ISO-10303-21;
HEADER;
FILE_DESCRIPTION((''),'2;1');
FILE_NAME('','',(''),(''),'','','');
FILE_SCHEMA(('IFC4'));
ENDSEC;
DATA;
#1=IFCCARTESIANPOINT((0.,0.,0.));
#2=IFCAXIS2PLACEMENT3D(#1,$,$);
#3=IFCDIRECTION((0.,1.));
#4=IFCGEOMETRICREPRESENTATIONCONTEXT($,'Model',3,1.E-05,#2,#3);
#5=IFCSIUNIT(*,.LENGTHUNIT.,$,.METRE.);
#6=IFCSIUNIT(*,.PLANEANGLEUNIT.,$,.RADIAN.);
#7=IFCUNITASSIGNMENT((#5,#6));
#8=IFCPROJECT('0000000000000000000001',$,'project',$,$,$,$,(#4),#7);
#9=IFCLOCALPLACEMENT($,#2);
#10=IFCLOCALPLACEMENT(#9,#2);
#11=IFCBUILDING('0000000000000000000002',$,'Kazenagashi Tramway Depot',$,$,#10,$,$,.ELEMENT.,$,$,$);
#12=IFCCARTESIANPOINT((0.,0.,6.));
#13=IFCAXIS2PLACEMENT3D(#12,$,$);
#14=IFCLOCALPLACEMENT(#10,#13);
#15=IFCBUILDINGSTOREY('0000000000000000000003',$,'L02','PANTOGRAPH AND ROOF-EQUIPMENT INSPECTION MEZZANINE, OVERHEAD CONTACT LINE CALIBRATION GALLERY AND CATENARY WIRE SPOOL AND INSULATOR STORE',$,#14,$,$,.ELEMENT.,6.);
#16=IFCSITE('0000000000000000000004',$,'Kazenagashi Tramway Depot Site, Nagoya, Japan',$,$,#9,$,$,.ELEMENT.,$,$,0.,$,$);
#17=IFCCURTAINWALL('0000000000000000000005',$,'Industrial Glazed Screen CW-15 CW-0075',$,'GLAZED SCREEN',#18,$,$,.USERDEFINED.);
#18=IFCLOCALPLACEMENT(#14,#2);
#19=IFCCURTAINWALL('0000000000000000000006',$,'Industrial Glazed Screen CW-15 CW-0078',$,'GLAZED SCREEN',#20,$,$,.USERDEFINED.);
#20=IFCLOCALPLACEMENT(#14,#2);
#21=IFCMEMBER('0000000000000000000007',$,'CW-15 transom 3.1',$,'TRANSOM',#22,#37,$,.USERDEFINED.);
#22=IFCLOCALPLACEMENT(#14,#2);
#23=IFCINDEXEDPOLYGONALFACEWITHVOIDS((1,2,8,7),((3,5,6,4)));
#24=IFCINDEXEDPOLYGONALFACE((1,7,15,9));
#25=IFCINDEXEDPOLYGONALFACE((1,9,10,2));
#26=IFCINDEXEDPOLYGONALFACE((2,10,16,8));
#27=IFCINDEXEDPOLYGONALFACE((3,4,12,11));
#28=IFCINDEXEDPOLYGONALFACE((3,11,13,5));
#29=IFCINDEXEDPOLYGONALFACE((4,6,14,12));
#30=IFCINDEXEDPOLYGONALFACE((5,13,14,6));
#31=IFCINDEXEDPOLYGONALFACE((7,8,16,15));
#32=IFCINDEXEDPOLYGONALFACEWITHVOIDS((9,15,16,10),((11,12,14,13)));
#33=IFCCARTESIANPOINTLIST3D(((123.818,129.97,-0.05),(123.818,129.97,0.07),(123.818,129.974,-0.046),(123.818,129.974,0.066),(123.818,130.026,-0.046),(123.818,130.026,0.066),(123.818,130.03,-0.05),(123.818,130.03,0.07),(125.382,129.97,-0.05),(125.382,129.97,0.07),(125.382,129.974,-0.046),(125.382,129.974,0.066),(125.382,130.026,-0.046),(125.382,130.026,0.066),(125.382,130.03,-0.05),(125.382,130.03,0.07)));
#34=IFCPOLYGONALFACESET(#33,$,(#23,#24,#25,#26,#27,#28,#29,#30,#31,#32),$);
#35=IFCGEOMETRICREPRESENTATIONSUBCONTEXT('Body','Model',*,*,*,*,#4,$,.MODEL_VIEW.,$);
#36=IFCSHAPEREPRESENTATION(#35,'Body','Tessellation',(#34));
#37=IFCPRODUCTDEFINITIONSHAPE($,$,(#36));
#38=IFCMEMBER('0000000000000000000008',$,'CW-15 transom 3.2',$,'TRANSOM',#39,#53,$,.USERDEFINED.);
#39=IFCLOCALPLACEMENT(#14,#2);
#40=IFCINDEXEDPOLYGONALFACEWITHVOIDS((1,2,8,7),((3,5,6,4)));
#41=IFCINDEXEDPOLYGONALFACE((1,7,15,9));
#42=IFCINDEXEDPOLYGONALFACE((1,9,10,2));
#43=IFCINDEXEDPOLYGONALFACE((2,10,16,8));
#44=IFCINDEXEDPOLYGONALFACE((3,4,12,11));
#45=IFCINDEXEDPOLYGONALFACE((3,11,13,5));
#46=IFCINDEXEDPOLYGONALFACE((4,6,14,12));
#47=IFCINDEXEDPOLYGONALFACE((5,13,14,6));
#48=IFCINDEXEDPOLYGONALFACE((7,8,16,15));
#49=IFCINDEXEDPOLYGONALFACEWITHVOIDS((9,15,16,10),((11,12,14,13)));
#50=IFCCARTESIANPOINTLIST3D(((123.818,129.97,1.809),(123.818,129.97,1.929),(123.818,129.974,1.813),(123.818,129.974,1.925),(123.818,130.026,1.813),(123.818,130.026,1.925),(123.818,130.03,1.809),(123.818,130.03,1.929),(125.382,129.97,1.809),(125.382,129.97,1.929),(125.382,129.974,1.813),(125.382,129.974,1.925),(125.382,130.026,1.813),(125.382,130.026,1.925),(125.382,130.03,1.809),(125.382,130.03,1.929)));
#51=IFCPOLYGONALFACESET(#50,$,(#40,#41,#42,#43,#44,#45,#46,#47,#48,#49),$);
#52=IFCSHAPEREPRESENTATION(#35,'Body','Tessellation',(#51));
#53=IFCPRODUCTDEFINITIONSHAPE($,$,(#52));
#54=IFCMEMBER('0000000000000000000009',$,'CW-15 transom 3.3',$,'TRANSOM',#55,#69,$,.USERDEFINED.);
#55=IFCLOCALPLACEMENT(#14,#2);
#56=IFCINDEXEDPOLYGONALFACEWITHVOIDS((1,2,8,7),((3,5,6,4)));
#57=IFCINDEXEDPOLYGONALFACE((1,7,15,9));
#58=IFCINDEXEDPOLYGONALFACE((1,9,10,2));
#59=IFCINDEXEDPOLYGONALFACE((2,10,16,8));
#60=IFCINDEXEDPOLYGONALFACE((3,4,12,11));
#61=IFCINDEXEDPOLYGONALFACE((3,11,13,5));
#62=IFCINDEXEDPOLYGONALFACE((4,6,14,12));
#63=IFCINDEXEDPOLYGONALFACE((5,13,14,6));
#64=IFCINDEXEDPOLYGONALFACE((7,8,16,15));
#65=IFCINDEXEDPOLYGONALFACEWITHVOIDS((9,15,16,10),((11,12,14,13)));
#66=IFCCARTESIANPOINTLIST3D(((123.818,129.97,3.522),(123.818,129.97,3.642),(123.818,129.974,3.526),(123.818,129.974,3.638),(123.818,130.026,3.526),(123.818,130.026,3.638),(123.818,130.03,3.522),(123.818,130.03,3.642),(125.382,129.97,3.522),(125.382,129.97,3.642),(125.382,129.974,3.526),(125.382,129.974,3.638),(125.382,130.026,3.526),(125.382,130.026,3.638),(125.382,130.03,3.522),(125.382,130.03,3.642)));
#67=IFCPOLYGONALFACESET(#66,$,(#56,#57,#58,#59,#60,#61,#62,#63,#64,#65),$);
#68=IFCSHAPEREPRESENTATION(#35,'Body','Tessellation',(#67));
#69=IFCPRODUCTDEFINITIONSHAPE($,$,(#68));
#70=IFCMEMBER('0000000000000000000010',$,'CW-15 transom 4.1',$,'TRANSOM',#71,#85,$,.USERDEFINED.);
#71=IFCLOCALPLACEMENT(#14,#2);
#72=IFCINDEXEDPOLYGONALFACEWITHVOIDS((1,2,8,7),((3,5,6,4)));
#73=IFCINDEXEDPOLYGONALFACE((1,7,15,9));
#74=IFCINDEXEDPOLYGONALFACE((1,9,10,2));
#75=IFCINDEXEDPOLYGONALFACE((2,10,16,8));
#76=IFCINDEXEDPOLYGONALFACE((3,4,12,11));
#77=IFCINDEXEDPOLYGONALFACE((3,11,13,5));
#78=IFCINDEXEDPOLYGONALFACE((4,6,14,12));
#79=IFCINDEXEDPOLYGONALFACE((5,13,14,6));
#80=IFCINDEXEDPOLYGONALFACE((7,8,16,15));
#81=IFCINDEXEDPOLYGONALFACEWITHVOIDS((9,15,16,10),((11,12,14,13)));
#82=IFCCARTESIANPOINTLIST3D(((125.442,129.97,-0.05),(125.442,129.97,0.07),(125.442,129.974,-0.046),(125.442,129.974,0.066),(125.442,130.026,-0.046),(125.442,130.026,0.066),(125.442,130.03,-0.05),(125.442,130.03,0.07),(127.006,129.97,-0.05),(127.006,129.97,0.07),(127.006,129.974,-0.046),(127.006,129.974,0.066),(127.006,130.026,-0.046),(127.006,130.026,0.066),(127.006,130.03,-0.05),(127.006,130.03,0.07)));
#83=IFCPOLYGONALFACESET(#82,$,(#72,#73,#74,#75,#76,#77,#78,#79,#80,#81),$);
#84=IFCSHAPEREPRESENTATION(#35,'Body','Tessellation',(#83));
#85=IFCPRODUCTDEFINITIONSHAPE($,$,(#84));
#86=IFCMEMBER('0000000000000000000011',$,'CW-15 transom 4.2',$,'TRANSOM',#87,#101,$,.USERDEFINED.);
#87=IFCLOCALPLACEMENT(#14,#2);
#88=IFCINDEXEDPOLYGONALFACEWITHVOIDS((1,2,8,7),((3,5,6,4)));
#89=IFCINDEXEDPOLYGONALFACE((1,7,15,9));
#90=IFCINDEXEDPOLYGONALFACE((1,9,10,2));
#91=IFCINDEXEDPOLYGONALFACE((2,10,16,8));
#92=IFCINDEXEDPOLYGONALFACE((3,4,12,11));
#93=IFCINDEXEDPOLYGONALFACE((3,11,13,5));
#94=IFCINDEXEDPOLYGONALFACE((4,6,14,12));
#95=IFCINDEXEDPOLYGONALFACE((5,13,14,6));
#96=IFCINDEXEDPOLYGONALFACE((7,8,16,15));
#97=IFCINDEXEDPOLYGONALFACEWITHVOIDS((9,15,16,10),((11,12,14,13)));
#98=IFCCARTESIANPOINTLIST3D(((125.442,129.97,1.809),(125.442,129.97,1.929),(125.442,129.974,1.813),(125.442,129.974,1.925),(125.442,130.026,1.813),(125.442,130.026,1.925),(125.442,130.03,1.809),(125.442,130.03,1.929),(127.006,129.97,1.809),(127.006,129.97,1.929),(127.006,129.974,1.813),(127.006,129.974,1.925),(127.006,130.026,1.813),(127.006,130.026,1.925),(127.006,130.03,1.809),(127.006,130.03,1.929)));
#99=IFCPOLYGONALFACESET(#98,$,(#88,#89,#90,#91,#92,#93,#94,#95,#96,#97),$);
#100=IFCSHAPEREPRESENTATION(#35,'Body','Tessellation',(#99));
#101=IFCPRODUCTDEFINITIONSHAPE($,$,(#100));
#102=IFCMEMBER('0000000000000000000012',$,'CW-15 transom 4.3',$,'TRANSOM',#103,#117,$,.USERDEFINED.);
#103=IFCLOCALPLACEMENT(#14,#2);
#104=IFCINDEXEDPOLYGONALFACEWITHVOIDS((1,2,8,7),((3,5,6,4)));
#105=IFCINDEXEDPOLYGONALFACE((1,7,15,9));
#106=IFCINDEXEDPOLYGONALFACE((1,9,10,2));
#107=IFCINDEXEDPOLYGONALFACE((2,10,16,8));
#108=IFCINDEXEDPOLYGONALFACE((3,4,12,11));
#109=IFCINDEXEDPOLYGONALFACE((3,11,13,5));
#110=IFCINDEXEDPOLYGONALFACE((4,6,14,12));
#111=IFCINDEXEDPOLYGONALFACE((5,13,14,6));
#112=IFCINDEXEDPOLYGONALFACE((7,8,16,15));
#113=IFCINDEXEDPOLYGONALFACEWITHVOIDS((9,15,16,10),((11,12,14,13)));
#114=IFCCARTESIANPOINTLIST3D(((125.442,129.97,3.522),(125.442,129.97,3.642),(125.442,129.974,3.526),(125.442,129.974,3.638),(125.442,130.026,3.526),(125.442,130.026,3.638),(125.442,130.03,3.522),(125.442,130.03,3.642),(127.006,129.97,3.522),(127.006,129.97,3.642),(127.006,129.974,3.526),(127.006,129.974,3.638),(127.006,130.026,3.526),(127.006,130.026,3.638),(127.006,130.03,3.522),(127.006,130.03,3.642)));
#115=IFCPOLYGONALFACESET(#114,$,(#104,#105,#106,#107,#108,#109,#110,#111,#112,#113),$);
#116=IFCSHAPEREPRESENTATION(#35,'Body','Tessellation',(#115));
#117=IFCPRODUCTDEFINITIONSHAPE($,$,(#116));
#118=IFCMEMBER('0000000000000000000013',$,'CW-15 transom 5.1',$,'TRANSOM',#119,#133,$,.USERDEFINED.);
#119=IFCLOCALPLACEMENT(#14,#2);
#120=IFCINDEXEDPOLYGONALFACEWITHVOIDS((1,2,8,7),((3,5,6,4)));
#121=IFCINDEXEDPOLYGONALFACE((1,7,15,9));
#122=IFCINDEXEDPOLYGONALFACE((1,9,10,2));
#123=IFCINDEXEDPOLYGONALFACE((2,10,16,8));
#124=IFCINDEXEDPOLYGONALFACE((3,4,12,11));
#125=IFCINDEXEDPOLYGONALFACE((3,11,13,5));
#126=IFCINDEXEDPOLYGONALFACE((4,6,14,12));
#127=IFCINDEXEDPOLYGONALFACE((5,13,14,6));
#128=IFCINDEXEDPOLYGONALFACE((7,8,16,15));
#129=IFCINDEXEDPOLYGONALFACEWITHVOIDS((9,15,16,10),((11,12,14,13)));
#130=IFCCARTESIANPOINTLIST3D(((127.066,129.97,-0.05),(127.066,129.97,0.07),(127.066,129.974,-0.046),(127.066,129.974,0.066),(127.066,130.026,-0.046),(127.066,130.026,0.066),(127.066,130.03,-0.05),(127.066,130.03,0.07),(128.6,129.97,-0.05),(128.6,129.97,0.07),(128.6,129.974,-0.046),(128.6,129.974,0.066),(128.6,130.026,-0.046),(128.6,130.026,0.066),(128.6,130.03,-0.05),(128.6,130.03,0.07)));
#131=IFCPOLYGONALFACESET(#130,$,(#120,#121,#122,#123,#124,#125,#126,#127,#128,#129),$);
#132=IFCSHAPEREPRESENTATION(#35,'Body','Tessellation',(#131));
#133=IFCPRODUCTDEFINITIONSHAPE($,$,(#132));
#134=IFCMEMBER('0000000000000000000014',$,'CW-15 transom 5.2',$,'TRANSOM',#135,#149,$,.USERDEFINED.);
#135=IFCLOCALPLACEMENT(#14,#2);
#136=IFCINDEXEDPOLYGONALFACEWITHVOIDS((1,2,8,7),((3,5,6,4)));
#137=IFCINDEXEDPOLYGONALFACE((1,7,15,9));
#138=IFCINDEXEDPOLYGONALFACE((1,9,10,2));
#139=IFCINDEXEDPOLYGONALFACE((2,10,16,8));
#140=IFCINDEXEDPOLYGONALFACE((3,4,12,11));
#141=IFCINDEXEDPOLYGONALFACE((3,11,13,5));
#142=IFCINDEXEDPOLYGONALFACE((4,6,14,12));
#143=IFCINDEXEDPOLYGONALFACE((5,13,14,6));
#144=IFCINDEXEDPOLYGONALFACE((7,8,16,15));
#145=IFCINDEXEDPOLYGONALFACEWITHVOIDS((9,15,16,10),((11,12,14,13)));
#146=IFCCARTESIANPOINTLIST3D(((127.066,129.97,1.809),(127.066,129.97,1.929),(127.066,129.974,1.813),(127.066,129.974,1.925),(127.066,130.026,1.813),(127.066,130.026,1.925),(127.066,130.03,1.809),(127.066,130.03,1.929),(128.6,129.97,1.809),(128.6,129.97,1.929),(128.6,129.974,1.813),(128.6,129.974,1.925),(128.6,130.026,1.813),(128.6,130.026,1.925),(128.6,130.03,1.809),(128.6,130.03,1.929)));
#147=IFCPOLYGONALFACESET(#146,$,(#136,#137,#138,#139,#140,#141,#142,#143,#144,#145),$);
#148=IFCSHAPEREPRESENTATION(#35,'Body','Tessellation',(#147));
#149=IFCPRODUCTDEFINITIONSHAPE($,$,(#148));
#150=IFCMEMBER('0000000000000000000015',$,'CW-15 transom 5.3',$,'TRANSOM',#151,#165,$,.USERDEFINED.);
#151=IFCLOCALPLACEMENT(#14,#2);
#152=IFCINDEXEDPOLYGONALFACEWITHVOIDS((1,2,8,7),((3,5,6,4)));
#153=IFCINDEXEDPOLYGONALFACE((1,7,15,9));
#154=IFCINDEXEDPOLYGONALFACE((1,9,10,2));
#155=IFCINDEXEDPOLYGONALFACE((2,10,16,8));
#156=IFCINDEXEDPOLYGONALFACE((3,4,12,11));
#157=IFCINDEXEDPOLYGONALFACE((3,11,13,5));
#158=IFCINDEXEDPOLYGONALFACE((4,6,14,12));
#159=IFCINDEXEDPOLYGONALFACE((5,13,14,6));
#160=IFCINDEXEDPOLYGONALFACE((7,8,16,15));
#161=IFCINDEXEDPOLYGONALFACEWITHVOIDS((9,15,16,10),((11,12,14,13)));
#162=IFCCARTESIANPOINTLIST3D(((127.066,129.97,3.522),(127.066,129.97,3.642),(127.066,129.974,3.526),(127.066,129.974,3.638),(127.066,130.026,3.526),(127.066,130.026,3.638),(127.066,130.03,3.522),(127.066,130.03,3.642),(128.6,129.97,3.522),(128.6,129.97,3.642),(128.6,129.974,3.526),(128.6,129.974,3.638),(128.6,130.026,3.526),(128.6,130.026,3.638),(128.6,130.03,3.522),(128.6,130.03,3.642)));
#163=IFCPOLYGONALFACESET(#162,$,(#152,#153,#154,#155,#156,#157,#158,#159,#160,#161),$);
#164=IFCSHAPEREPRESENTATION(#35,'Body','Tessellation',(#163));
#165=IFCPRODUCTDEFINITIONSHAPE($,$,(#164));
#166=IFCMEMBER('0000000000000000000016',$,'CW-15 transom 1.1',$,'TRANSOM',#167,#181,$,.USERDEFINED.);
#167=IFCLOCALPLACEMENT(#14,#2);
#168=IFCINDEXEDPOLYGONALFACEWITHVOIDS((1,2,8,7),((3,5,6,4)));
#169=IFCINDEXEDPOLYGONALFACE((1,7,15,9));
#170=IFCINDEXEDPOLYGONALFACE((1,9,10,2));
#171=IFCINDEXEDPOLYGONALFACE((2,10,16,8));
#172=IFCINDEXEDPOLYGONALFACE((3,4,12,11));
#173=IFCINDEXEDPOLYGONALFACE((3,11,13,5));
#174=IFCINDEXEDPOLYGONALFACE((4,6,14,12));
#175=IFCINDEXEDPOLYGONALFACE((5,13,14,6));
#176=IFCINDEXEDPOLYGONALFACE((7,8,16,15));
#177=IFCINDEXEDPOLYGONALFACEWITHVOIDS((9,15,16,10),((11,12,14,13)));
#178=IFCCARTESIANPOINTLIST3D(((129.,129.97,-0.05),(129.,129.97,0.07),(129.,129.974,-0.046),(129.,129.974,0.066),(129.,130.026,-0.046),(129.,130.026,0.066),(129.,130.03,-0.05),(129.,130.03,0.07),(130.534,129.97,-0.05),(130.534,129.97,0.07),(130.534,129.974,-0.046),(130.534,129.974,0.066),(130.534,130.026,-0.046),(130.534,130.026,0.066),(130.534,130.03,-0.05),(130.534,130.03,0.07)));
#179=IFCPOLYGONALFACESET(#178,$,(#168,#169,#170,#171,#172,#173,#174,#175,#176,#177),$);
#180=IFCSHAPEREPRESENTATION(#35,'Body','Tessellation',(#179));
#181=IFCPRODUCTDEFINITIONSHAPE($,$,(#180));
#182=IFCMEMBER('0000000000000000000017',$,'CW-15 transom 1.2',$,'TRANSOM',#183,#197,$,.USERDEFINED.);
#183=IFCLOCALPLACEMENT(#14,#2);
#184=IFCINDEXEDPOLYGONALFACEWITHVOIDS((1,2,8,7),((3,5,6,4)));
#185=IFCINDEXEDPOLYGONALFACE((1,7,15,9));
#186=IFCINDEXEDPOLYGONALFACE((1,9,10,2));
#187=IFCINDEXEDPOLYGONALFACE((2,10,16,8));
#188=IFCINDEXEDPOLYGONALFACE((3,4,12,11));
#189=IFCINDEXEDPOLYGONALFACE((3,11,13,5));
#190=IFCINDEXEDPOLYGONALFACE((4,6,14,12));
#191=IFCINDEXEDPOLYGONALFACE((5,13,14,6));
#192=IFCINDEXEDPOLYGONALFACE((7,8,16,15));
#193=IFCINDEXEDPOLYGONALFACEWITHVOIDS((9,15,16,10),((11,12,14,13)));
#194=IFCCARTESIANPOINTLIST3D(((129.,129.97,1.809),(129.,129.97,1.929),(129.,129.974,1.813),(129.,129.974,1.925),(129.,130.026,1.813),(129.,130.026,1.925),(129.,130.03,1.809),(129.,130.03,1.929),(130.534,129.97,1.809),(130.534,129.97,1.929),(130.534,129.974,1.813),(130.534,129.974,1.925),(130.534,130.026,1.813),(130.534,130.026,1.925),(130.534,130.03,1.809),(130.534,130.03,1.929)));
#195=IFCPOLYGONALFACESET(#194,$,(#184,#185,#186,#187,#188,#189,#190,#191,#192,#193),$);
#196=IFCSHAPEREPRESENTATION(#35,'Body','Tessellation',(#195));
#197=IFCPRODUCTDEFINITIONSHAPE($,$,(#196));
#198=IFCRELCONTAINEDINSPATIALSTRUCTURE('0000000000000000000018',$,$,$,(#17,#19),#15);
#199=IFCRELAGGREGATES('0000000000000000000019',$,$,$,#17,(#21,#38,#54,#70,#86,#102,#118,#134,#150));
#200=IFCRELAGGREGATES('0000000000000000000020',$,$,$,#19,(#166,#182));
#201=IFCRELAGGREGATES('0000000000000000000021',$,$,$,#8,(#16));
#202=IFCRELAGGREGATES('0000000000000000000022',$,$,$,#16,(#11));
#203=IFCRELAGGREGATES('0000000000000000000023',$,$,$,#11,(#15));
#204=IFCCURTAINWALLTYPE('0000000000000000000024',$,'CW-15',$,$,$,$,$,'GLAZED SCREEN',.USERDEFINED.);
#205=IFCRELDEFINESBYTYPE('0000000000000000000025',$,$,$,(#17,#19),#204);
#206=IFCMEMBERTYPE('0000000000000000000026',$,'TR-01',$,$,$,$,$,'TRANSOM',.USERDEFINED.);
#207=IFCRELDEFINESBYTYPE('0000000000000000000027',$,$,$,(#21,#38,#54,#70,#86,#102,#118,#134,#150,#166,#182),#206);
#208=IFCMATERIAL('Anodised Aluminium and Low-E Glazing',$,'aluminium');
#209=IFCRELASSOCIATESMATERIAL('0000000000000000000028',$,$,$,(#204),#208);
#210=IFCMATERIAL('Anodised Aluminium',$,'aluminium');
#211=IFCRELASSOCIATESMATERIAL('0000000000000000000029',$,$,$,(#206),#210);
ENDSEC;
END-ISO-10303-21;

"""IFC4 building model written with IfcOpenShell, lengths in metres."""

from ifc_helpers import new_model, si_unit, direction, frame, origin, origin_2d, place, context, subcontext, project, spatial, hollow_rectangle, extrude, material, material_profile, profile_set, type_object, element, aggregate, save


model = new_model("IFC4")

# Units and contexts
model_context = context("Model", 3, precision=1e-05, world=origin(), true_north=direction((0.0, 1.0)))
body_context = subcontext(model_context, "Body", "Model", "MODEL_VIEW")
ifc_project = project(units=[si_unit("LENGTHUNIT", "METRE"), si_unit("PLANEANGLEUNIT", "RADIAN")], contexts=[model_context])

# Site, building, storey
site_placement = place(None, origin())
site = spatial("IfcSite", under=ifc_project, at=site_placement, Name="Kazenagashi Tramway Depot Site, Nagoya, Japan", CompositionType="ELEMENT", RefElevation=0.0)
building_placement = place(site_placement, origin())
building = spatial("IfcBuilding", under=site, at=building_placement, Name="Kazenagashi Tramway Depot", CompositionType="ELEMENT")
storey_placement = place(building_placement, frame((0.0, 0.0, 6.0)))
storey = spatial("IfcBuildingStorey", under=building, at=storey_placement, Name="L02", Description="PANTOGRAPH AND ROOF-EQUIPMENT INSPECTION MEZZANINE, OVERHEAD CONTACT LINE CALIBRATION GALLERY AND CATENARY WIRE SPOOL AND INSULATOR STORE", CompositionType="ELEMENT", Elevation=6.0)

# Curtain walls
ifc_material_1 = material(Name="Anodised Aluminium and Low-E Glazing", Category="aluminium")
curtain_wall_type = type_object("IfcCurtainWallType", Name="CW-15", ElementType="GLAZED SCREEN", PredefinedType="USERDEFINED", material=ifc_material_1)
curtain_wall_1_placement = place(storey_placement, origin())
curtain_wall_1 = element("IfcCurtainWall", 1, at=curtain_wall_1_placement, inside=storey, type_object=curtain_wall_type, Name="Industrial Glazed Screen CW-15 CW-0075", ObjectType="GLAZED SCREEN", PredefinedType="USERDEFINED")
ifc_material_2 = material(Name="Anodised Aluminium", Category="aluminium")
curtain_wall_2_placement = place(storey_placement, origin())
curtain_wall_2 = element("IfcCurtainWall", 2, at=curtain_wall_2_placement, inside=storey, type_object=curtain_wall_type, Name="Industrial Glazed Screen CW-15 CW-0078", ObjectType="GLAZED SCREEN", PredefinedType="USERDEFINED")

# Members
ifc_material_profile_1 = material_profile(ifc_material_2, hollow_rectangle(XDim=0.06, YDim=0.12, WallThickness=0.004, at=origin_2d()), Name="RHS-120x60x4")
ifc_profile_set_1 = profile_set([ifc_material_profile_1], Name="Anodised Aluminium")
member_type_1 = type_object("IfcMemberType", Name="TR-01", ElementType="TRANSOM", PredefinedType="USERDEFINED", material=ifc_profile_set_1)
member_1_placement = place(storey_placement, frame((123.818, 130.0, 0.01), z_axis=(1.0, 0.0, 0.0), x_axis=(0.0, 1.0, 0.0)))
member_1 = element("IfcMember", 3, at=member_1_placement, type_object=member_type_1, Name="CW-15 transom 3.1", ObjectType="TRANSOM", PredefinedType="USERDEFINED", context=body_context, shape_type="SweptSolid", body=[
    extrude(hollow_rectangle(XDim=0.06, YDim=0.12, WallThickness=0.004, at=origin_2d()), origin(), (0.0, 0.0, 1.0), 1.564),
])
member_2_placement = place(storey_placement, frame((123.818, 130.0, 1.869), z_axis=(1.0, 0.0, 0.0), x_axis=(0.0, 1.0, 0.0)))
member_2 = element("IfcMember", 4, at=member_2_placement, type_object=member_type_1, Name="CW-15 transom 3.2", ObjectType="TRANSOM", PredefinedType="USERDEFINED", context=body_context, shape_type="SweptSolid", body=[
    extrude(hollow_rectangle(XDim=0.06, YDim=0.12, WallThickness=0.004, at=origin_2d()), origin(), (0.0, 0.0, 1.0), 1.564),
])
member_3_placement = place(storey_placement, frame((123.818, 130.0, 3.582), z_axis=(1.0, 0.0, 0.0), x_axis=(0.0, 1.0, 0.0)))
member_3 = element("IfcMember", 5, at=member_3_placement, type_object=member_type_1, Name="CW-15 transom 3.3", ObjectType="TRANSOM", PredefinedType="USERDEFINED", context=body_context, shape_type="SweptSolid", body=[
    extrude(hollow_rectangle(XDim=0.06, YDim=0.12, WallThickness=0.004, at=origin_2d()), origin(), (0.0, 0.0, 1.0), 1.564),
])
member_4_placement = place(storey_placement, frame((125.442, 130.0, 0.01), z_axis=(1.0, 0.0, 0.0), x_axis=(0.0, 1.0, 0.0)))
member_4 = element("IfcMember", 6, at=member_4_placement, type_object=member_type_1, Name="CW-15 transom 4.1", ObjectType="TRANSOM", PredefinedType="USERDEFINED", context=body_context, shape_type="SweptSolid", body=[
    extrude(hollow_rectangle(XDim=0.06, YDim=0.12, WallThickness=0.004, at=origin_2d()), origin(), (0.0, 0.0, 1.0), 1.564),
])
member_5_placement = place(storey_placement, frame((125.442, 130.0, 1.869), z_axis=(1.0, 0.0, 0.0), x_axis=(0.0, 1.0, 0.0)))
member_5 = element("IfcMember", 7, at=member_5_placement, type_object=member_type_1, Name="CW-15 transom 4.2", ObjectType="TRANSOM", PredefinedType="USERDEFINED", context=body_context, shape_type="SweptSolid", body=[
    extrude(hollow_rectangle(XDim=0.06, YDim=0.12, WallThickness=0.004, at=origin_2d()), origin(), (0.0, 0.0, 1.0), 1.564),
])
member_6_placement = place(storey_placement, frame((125.442, 130.0, 3.582), z_axis=(1.0, 0.0, 0.0), x_axis=(0.0, 1.0, 0.0)))
member_6 = element("IfcMember", 8, at=member_6_placement, type_object=member_type_1, Name="CW-15 transom 4.3", ObjectType="TRANSOM", PredefinedType="USERDEFINED", context=body_context, shape_type="SweptSolid", body=[
    extrude(hollow_rectangle(XDim=0.06, YDim=0.12, WallThickness=0.004, at=origin_2d()), origin(), (0.0, 0.0, 1.0), 1.564),
])
member_7_placement = place(storey_placement, frame((127.066, 130.0, 0.01), z_axis=(1.0, 0.0, 0.0), x_axis=(0.0, 1.0, 0.0)))
member_7 = element("IfcMember", 9, at=member_7_placement, type_object=member_type_1, Name="CW-15 transom 5.1", ObjectType="TRANSOM", PredefinedType="USERDEFINED", context=body_context, shape_type="SweptSolid", body=[
    extrude(hollow_rectangle(XDim=0.06, YDim=0.12, WallThickness=0.004, at=origin_2d()), origin(), (0.0, 0.0, 1.0), 1.534),
])
member_8_placement = place(storey_placement, frame((127.066, 130.0, 1.869), z_axis=(1.0, 0.0, 0.0), x_axis=(0.0, 1.0, 0.0)))
member_8 = element("IfcMember", 10, at=member_8_placement, type_object=member_type_1, Name="CW-15 transom 5.2", ObjectType="TRANSOM", PredefinedType="USERDEFINED", context=body_context, shape_type="SweptSolid", body=[
    extrude(hollow_rectangle(XDim=0.06, YDim=0.12, WallThickness=0.004, at=origin_2d()), origin(), (0.0, 0.0, 1.0), 1.534),
])
member_9_placement = place(storey_placement, frame((127.066, 130.0, 3.582), z_axis=(1.0, 0.0, 0.0), x_axis=(0.0, 1.0, 0.0)))
member_9 = element("IfcMember", 11, at=member_9_placement, type_object=member_type_1, Name="CW-15 transom 5.3", ObjectType="TRANSOM", PredefinedType="USERDEFINED", context=body_context, shape_type="SweptSolid", body=[
    extrude(hollow_rectangle(XDim=0.06, YDim=0.12, WallThickness=0.004, at=origin_2d()), origin(), (0.0, 0.0, 1.0), 1.534),
])
member_10_placement = place(storey_placement, frame((129.0, 130.0, 0.01), z_axis=(1.0, 0.0, 0.0), x_axis=(0.0, 1.0, 0.0)))
member_10 = element("IfcMember", 12, at=member_10_placement, type_object=member_type_1, Name="CW-15 transom 1.1", ObjectType="TRANSOM", PredefinedType="USERDEFINED", context=body_context, shape_type="SweptSolid", body=[
    extrude(hollow_rectangle(XDim=0.06, YDim=0.12, WallThickness=0.004, at=origin_2d()), origin(), (0.0, 0.0, 1.0), 1.534),
])
member_11_placement = place(storey_placement, frame((129.0, 130.0, 1.869), z_axis=(1.0, 0.0, 0.0), x_axis=(0.0, 1.0, 0.0)))
member_11 = element("IfcMember", 13, at=member_11_placement, type_object=member_type_1, Name="CW-15 transom 1.2", ObjectType="TRANSOM", PredefinedType="USERDEFINED", context=body_context, shape_type="SweptSolid", body=[
    extrude(hollow_rectangle(XDim=0.06, YDim=0.12, WallThickness=0.004, at=origin_2d()), origin(), (0.0, 0.0, 1.0), 1.534),
])

aggregate(curtain_wall_1, [member_1, member_2, member_3, member_4, member_5, member_6, member_7, member_8, member_9])
aggregate(curtain_wall_2, [member_10, member_11])

save(model, "model.ifc")
